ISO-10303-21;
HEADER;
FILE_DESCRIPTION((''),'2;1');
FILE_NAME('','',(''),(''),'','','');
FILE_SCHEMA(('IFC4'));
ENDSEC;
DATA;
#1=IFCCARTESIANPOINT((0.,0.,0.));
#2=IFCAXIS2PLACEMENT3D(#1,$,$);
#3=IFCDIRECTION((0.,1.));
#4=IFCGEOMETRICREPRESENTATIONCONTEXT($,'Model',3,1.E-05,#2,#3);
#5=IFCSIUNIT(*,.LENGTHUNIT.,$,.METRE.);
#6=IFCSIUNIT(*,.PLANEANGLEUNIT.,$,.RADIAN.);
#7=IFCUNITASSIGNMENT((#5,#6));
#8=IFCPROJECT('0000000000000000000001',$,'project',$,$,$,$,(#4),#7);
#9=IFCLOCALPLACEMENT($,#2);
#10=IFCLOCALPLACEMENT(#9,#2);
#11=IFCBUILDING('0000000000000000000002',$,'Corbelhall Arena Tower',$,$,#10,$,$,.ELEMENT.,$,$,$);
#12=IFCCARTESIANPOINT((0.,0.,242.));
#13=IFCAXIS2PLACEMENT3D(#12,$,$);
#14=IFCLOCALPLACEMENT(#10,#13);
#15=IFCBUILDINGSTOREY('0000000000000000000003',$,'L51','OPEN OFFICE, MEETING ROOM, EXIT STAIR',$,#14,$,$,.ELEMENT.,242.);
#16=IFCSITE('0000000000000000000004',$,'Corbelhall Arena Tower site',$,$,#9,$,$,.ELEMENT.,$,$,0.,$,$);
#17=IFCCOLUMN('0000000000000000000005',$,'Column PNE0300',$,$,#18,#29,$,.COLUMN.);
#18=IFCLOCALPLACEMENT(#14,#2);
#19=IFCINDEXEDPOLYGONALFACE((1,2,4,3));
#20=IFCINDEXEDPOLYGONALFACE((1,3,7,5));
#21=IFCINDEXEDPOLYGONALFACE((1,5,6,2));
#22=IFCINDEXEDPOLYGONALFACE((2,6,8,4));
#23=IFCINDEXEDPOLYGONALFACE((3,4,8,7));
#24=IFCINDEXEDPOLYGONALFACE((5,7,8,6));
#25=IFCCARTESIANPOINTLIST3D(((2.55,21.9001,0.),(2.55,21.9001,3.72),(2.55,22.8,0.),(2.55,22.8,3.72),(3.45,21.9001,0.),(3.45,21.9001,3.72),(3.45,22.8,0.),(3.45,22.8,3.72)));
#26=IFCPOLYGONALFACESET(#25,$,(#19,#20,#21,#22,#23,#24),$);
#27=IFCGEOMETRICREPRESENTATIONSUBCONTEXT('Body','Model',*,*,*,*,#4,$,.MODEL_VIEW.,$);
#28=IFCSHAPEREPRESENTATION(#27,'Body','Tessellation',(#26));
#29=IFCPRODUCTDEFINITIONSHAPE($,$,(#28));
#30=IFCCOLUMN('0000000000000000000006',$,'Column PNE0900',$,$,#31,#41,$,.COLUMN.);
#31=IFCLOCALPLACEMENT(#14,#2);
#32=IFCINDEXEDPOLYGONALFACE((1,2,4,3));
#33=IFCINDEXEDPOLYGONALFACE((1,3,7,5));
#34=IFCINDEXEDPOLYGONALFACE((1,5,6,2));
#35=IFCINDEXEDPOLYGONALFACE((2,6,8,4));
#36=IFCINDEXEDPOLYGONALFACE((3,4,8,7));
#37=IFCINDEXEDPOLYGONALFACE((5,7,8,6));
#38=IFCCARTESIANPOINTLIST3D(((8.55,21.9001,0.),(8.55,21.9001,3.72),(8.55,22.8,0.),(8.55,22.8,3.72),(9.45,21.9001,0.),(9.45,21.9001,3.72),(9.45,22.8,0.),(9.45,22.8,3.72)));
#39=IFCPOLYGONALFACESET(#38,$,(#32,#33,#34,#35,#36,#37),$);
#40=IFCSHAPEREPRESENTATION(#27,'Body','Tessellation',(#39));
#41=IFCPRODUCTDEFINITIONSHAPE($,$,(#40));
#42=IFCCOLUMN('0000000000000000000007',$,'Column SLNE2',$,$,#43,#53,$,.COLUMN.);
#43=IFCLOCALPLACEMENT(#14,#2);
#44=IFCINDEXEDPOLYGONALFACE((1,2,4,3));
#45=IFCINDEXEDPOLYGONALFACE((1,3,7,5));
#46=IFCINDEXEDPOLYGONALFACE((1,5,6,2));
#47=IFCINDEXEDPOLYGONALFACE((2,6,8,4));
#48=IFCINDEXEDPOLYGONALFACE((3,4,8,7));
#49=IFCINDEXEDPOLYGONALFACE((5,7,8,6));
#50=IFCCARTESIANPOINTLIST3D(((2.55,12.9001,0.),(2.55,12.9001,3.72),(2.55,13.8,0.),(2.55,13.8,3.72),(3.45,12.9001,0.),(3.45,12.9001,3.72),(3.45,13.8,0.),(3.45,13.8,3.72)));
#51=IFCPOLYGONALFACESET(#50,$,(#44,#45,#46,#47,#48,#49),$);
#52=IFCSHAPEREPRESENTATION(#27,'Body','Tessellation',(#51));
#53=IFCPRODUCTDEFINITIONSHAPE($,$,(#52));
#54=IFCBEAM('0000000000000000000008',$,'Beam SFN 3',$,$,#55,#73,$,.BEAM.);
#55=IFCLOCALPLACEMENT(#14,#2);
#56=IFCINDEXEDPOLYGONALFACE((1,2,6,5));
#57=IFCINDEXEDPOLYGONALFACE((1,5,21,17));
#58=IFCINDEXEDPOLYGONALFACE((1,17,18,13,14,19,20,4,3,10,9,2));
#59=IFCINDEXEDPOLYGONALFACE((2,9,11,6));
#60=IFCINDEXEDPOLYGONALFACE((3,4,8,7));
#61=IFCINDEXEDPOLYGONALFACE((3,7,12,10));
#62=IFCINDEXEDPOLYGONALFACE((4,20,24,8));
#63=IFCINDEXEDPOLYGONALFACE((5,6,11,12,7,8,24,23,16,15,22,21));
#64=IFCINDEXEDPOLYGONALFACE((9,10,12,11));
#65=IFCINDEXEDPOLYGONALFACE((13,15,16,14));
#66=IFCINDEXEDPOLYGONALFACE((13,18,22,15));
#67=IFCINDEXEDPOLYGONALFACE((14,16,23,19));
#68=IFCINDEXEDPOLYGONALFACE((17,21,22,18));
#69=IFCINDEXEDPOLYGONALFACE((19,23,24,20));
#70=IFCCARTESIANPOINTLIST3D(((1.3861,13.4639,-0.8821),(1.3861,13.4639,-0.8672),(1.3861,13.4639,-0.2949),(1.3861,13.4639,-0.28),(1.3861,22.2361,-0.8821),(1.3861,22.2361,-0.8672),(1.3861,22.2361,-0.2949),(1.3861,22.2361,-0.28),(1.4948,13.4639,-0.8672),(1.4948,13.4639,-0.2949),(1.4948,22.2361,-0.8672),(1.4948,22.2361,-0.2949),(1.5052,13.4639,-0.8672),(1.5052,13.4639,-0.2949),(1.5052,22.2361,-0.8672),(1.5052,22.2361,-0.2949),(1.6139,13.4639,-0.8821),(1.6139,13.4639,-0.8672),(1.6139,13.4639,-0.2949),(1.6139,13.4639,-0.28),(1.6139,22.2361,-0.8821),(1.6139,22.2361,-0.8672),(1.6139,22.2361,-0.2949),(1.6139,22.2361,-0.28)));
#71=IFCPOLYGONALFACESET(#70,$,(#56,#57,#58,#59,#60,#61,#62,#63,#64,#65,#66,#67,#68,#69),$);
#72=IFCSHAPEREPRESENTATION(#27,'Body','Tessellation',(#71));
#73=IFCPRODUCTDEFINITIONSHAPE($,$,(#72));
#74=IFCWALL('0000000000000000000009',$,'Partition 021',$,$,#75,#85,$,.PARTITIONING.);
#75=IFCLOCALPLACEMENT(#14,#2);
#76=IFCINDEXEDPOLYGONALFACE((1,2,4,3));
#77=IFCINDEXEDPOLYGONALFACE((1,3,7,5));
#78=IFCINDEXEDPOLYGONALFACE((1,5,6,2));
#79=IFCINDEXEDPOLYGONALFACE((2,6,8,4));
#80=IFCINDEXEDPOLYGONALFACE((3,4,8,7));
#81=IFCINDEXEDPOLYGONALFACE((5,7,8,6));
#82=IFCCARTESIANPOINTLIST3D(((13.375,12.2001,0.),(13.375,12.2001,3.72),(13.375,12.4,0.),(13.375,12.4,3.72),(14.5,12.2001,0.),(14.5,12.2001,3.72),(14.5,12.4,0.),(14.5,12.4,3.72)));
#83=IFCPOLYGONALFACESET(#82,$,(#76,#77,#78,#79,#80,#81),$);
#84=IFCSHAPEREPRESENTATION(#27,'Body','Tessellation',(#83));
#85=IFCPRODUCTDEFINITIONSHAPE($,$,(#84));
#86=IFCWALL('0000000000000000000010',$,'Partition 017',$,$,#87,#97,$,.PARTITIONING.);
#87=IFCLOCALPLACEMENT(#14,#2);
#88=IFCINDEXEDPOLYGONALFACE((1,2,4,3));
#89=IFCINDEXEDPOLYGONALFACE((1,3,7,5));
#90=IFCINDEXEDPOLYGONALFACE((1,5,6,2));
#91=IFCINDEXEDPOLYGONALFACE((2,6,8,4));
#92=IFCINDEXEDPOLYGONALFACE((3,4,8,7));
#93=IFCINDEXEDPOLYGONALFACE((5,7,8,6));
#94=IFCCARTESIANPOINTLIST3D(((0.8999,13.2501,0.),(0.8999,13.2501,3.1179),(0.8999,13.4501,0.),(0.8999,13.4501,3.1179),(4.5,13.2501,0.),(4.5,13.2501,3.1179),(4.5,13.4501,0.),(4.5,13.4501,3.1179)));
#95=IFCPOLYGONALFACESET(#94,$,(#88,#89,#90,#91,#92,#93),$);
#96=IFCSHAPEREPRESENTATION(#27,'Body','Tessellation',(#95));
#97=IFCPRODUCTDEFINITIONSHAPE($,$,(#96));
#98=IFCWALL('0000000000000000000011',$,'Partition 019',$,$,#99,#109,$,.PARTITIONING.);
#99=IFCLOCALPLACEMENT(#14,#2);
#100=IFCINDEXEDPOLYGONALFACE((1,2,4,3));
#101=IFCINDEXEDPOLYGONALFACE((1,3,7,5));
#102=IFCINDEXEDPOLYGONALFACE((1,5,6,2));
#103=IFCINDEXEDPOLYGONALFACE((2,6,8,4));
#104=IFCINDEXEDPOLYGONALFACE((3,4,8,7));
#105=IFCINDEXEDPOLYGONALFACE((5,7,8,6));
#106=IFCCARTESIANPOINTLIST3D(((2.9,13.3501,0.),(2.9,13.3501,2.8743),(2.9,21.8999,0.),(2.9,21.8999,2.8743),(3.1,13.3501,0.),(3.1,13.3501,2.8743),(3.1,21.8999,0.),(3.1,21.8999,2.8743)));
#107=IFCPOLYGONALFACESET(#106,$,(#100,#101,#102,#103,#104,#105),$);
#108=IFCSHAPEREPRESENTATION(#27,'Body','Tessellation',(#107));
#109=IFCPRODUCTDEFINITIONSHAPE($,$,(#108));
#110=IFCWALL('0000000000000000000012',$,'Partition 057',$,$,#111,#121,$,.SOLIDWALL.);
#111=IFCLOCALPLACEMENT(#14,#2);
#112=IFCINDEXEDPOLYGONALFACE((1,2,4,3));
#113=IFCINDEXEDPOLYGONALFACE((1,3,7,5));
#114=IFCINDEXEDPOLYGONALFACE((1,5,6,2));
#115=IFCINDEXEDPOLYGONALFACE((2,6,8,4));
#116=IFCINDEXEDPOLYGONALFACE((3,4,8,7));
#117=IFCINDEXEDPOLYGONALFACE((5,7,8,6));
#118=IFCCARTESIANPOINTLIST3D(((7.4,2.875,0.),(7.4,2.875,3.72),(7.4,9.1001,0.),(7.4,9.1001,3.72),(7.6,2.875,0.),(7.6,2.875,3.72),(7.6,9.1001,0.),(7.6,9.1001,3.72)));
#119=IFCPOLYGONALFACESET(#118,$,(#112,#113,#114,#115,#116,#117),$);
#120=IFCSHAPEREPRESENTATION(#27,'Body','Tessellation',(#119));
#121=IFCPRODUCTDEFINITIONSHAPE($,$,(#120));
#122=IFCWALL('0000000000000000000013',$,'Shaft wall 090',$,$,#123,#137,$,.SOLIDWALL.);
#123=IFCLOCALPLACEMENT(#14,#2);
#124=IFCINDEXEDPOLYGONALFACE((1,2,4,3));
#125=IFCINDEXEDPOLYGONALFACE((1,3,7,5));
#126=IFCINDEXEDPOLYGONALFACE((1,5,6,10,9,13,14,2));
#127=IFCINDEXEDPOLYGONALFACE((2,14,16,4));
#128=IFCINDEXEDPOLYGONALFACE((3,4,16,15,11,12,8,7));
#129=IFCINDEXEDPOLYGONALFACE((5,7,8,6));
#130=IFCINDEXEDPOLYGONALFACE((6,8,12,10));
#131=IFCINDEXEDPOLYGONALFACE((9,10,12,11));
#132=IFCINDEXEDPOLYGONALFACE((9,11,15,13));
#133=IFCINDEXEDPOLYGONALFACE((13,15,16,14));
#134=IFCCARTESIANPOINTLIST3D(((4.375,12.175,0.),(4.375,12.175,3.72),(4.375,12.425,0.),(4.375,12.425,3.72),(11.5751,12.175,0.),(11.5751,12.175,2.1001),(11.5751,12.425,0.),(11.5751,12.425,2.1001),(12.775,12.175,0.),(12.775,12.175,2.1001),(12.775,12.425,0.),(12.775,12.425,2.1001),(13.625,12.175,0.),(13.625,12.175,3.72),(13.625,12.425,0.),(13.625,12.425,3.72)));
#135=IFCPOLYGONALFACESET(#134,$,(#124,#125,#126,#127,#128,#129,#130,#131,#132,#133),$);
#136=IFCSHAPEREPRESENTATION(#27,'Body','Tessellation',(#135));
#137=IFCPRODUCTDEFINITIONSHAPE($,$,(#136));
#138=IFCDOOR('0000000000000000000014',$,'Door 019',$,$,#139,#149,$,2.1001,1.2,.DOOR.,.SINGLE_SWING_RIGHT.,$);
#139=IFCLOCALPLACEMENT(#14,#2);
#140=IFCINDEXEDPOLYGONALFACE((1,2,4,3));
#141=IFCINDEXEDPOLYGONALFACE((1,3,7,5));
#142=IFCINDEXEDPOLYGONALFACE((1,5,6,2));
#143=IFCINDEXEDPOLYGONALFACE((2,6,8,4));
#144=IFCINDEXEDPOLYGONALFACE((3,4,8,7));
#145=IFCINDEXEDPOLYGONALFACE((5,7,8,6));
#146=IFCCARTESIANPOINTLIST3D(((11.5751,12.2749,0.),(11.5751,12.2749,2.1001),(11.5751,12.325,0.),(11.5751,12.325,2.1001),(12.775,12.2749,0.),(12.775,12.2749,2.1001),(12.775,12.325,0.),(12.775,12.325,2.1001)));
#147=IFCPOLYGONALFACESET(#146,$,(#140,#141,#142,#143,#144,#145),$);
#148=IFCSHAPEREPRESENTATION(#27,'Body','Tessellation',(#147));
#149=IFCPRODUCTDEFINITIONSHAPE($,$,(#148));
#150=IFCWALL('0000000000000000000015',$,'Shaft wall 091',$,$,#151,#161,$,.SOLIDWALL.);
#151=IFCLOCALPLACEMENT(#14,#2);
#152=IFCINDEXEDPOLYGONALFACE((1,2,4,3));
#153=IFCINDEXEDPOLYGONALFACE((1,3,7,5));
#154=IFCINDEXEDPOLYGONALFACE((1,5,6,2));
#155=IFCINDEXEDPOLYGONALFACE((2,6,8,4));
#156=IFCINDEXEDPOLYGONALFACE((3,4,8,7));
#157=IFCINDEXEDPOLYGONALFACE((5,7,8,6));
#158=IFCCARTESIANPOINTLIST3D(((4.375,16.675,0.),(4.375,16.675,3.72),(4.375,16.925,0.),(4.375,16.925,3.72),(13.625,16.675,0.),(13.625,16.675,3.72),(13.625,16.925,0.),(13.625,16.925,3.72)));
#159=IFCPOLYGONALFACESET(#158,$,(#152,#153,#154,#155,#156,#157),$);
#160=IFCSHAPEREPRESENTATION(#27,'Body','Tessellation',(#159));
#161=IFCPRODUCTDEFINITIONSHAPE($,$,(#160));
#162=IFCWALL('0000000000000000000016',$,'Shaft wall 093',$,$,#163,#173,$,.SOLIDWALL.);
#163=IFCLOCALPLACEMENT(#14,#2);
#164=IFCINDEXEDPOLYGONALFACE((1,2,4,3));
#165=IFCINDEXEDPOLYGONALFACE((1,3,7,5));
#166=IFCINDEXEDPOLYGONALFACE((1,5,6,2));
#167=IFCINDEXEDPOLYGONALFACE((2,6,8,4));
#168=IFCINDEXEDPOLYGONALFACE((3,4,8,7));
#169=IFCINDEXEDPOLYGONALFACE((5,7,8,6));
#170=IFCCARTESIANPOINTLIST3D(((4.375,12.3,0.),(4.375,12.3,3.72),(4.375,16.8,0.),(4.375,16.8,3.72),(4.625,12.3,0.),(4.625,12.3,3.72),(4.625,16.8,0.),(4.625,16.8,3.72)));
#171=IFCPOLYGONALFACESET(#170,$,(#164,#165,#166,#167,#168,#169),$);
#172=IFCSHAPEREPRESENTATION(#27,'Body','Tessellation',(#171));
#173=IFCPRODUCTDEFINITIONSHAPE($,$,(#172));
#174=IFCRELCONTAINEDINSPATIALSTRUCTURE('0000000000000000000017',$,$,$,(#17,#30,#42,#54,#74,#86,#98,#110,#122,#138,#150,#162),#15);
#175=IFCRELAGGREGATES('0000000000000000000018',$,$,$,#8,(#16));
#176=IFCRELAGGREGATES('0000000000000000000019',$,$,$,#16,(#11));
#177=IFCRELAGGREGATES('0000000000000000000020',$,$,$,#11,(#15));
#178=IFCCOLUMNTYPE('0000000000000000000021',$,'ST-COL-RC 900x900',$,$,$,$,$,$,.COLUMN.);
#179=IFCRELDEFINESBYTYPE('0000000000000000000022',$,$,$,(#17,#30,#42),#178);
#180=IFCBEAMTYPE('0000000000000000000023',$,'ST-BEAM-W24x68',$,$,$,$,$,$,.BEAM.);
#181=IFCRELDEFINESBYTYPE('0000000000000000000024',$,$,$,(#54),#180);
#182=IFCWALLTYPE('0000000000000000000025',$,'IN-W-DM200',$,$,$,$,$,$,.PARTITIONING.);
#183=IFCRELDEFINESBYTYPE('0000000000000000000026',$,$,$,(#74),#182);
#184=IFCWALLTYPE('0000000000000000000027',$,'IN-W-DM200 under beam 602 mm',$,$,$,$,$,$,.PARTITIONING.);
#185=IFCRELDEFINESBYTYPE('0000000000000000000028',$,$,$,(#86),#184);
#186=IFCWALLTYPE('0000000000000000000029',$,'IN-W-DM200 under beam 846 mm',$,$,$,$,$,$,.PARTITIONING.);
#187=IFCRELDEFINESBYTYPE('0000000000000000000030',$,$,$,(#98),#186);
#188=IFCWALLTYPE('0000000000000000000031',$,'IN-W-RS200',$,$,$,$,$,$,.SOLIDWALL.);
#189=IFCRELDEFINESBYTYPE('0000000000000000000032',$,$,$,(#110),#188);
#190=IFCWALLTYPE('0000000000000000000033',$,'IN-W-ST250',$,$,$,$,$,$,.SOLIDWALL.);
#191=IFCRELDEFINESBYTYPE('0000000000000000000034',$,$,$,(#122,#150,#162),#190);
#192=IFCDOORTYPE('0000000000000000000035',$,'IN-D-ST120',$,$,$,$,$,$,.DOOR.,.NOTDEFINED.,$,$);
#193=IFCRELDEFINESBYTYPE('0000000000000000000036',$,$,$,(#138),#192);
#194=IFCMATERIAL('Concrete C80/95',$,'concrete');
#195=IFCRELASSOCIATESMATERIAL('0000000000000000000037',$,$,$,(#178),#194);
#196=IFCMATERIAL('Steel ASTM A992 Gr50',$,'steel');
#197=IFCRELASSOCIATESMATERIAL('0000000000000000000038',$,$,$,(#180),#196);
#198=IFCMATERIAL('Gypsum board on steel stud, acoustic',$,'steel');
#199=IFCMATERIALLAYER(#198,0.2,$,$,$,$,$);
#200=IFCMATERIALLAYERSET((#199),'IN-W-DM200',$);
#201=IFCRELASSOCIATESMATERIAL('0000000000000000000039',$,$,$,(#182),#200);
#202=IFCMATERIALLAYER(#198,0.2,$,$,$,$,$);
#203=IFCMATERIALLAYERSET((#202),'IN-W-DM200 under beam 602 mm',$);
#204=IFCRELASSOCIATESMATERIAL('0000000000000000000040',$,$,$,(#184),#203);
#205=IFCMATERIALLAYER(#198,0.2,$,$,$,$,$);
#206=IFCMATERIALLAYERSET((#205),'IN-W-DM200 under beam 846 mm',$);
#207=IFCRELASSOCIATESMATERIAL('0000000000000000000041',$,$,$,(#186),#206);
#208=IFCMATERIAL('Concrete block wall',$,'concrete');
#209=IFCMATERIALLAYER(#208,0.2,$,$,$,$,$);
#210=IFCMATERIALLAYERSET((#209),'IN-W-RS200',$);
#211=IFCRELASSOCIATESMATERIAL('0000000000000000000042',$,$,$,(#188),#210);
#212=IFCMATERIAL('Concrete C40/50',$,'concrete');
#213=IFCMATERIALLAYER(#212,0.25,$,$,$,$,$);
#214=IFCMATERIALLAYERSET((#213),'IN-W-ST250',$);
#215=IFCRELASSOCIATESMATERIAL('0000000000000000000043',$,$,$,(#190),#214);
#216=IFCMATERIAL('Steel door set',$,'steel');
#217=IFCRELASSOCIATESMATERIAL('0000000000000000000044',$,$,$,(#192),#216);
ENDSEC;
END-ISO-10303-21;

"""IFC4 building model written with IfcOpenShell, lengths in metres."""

from ifc_helpers import new_model, si_unit, direction, frame, frame_2d, origin, origin_2d, place, context, subcontext, project, spatial, rectangle, i_section, extrude, material, layer, layer_set, material_profile, profile_set, type_object, element, fill, save


model = new_model("IFC4")

# Units and contexts
model_context = context("Model", 3, precision=1e-05, world=origin(), true_north=direction((0.0, 1.0)))
body_context = subcontext(model_context, "Body", "Model", "MODEL_VIEW")
ifc_project = project(units=[si_unit("LENGTHUNIT", "METRE"), si_unit("PLANEANGLEUNIT", "RADIAN")], contexts=[model_context])

# Site, building, storey
site_placement = place(None, origin())
site = spatial("IfcSite", under=ifc_project, at=site_placement, Name="Corbelhall Arena Tower site", CompositionType="ELEMENT", RefElevation=0.0)
building_placement = place(site_placement, origin())
building = spatial("IfcBuilding", under=site, at=building_placement, Name="Corbelhall Arena Tower", CompositionType="ELEMENT")
storey_placement = place(building_placement, frame((0.0, 0.0, 242.0)))
storey = spatial("IfcBuildingStorey", under=building, at=storey_placement, Name="L51", Description="OPEN OFFICE, MEETING ROOM, EXIT STAIR", CompositionType="ELEMENT", Elevation=242.0)

# Columns
ifc_material_1 = material(Name="Concrete C80/95", Category="concrete")
ifc_material_profile_1 = material_profile(ifc_material_1, rectangle(XDim=0.8999, YDim=0.8999, at=origin_2d()))
ifc_profile_set_1 = profile_set([ifc_material_profile_1], Name="Concrete C80/95")
column_type = type_object("IfcColumnType", Name="ST-COL-RC 900x900", PredefinedType="COLUMN", material=ifc_profile_set_1)
for number, where, z_axis, x_axis, name in (
    (1, (3.0, 22.3501, 0.0), (0.0, 0.0, 1.0), (1.0, 0.0, 0.0), "Column PNE0300"),
    (2, (9.0, 22.3501, 0.0), (0.0, 0.0, 1.0), (1.0, 0.0, 0.0), "Column PNE0900"),
    (3, (3.0, 13.3501, 0.0), (0.0, 0.0, 1.0), (1.0, 0.0, 0.0), "Column SLNE2"),
):
    element("IfcColumn", number, at=place(storey_placement, frame(where, z_axis=z_axis, x_axis=x_axis)), inside=storey, type_object=column_type, Name=name, PredefinedType="COLUMN", context=body_context, shape_type="SweptSolid", body=[
        extrude(rectangle(XDim=0.8999, YDim=0.8999, at=origin_2d()), origin(), (0.0, 0.0, 1.0), 3.72),
    ])

# Beam
ifc_material_2 = material(Name="Steel ASTM A992 Gr50", Category="steel")
ifc_material_profile_2 = material_profile(ifc_material_2, i_section(OverallWidth=0.2278, OverallDepth=0.6021, WebThickness=0.0105, FlangeThickness=0.0149, at=origin_2d()))
ifc_profile_set_2 = profile_set([ifc_material_profile_2], Name="Steel ASTM A992 Gr50")
beam_type = type_object("IfcBeamType", Name="ST-BEAM-W24x68", PredefinedType="BEAM", material=ifc_profile_set_2)
beam_placement = place(storey_placement, frame((1.5, 13.4639, -0.5811), z_axis=(0.0, 1.0, 0.0), x_axis=(-1.0, 0.0, 0.0)))
element("IfcBeam", 4, at=beam_placement, inside=storey, type_object=beam_type, Name="Beam SFN 3", PredefinedType="BEAM", context=body_context, shape_type="SweptSolid", body=[
    extrude(i_section(OverallWidth=0.2278, OverallDepth=0.6021, WebThickness=0.0105, FlangeThickness=0.0149, at=origin_2d()), origin(), (0.0, 0.0, 1.0), 8.7722),
])

# Walls
ifc_material_3 = material(Name="Gypsum board on steel stud, acoustic", Category="steel")
ifc_layer_1 = layer(ifc_material_3, 0.2)
ifc_layer_set_1 = layer_set([ifc_layer_1], Name="IN-W-DM200")
wall_type_1 = type_object("IfcWallType", Name="IN-W-DM200", PredefinedType="PARTITIONING", material=ifc_layer_set_1)
wall_1_placement = place(storey_placement, frame((13.375, 12.3, 0.0), z_axis=(0.0, 0.0, 1.0), x_axis=(1.0, 0.0, 0.0)))
element("IfcWall", 5, at=wall_1_placement, inside=storey, type_object=wall_type_1, Name="Partition 021", PredefinedType="PARTITIONING", context=body_context, shape_type="SweptSolid", body=[
    extrude(rectangle(XDim=1.125, YDim=0.2, at=frame_2d((0.5625, 0.0))), origin(), (0.0, 0.0, 1.0), 3.72),
])
ifc_layer_2 = layer(ifc_material_3, 0.2)
ifc_layer_set_2 = layer_set([ifc_layer_2], Name="IN-W-DM200 under beam 602 mm")
wall_type_2 = type_object("IfcWallType", Name="IN-W-DM200 under beam 602 mm", PredefinedType="PARTITIONING", material=ifc_layer_set_2)
wall_2_placement = place(storey_placement, frame((0.8999, 13.3501, 0.0), z_axis=(0.0, 0.0, 1.0), x_axis=(1.0, 0.0, 0.0)))
element("IfcWall", 6, at=wall_2_placement, inside=storey, type_object=wall_type_2, Name="Partition 017", PredefinedType="PARTITIONING", context=body_context, shape_type="SweptSolid", body=[
    extrude(rectangle(XDim=3.6001, YDim=0.2, at=frame_2d((1.8, 0.0))), origin(), (0.0, 0.0, 1.0), 3.1179),
])
ifc_layer_3 = layer(ifc_material_3, 0.2)
ifc_layer_set_3 = layer_set([ifc_layer_3], Name="IN-W-DM200 under beam 846 mm")
wall_type_3 = type_object("IfcWallType", Name="IN-W-DM200 under beam 846 mm", PredefinedType="PARTITIONING", material=ifc_layer_set_3)
wall_3_placement = place(storey_placement, frame((3.0, 21.8999, 0.0), z_axis=(0.0, 0.0, 1.0), x_axis=(0.0, -1.0, 0.0)))
element("IfcWall", 7, at=wall_3_placement, inside=storey, type_object=wall_type_3, Name="Partition 019", PredefinedType="PARTITIONING", context=body_context, shape_type="SweptSolid", body=[
    extrude(rectangle(XDim=8.5498, YDim=0.2, at=frame_2d((4.2749, 0.0))), origin(), (0.0, 0.0, 1.0), 2.8743),
])
ifc_material_4 = material(Name="Concrete block wall", Category="concrete")
ifc_layer_4 = layer(ifc_material_4, 0.2)
ifc_layer_set_4 = layer_set([ifc_layer_4], Name="IN-W-RS200")
wall_type_4 = type_object("IfcWallType", Name="IN-W-RS200", PredefinedType="SOLIDWALL", material=ifc_layer_set_4)
wall_4_placement = place(storey_placement, frame((7.5, 9.1001, 0.0), z_axis=(0.0, 0.0, 1.0), x_axis=(0.0, -1.0, 0.0)))
element("IfcWall", 8, at=wall_4_placement, inside=storey, type_object=wall_type_4, Name="Partition 057", PredefinedType="SOLIDWALL", context=body_context, shape_type="SweptSolid", body=[
    extrude(rectangle(XDim=6.2251, YDim=0.2, at=frame_2d((3.1125, 0.0))), origin(), (0.0, 0.0, 1.0), 3.72),
])

# Wall, opening, door
ifc_material_5 = material(Name="Steel door set", Category="steel")
ifc_material_6 = material(Name="Concrete C40/50", Category="concrete")
ifc_layer_5 = layer(ifc_material_6, 0.25)
ifc_layer_set_5 = layer_set([ifc_layer_5], Name="IN-W-ST250")
wall_type_5 = type_object("IfcWallType", Name="IN-W-ST250", PredefinedType="SOLIDWALL", material=ifc_layer_set_5)
wall_5_placement = place(storey_placement, frame((4.375, 12.3, 0.0), z_axis=(0.0, 0.0, 1.0), x_axis=(1.0, 0.0, 0.0)))
wall_5 = element("IfcWall", 9, at=wall_5_placement, inside=storey, type_object=wall_type_5, Name="Shaft wall 090", PredefinedType="SOLIDWALL", context=body_context, shape_type="SweptSolid", body=[
    extrude(rectangle(XDim=9.25, YDim=0.25, at=frame_2d((4.625, 0.0))), origin(), (0.0, 0.0, 1.0), 3.72),
])
opening_1_placement = place(wall_5_placement, frame((7.2, 0.0, 0.0)))
opening_1 = element("IfcOpeningElement", 10, at=opening_1_placement, cuts=wall_5, PredefinedType="OPENING", context=body_context, shape_type="SweptSolid", body=[
    extrude(rectangle(XDim=1.2, YDim=2.1001, at=frame_2d((0.6001, 1.05))), frame((0.0, 0.125, 0.0), z_axis=(0.0, -1.0, 0.0), x_axis=(1.0, 0.0, 0.0)), (0.0, 0.0, 1.0), 0.25),
])
door_type_1 = type_object("IfcDoorType", Name="IN-D-ST120", OperationType="NOTDEFINED", PredefinedType="DOOR", material=ifc_material_5)
door_1_placement = place(opening_1_placement, origin())
door_1 = element("IfcDoor", 11, at=door_1_placement, inside=storey, type_object=door_type_1, Name="Door 019", OperationType="SINGLE_SWING_RIGHT", OverallHeight=2.1001, OverallWidth=1.2, PredefinedType="DOOR", context=body_context, shape_type="SweptSolid", body=[
    extrude(rectangle(XDim=1.2, YDim=2.1001, at=frame_2d((0.6001, 1.05))), frame((0.0, 0.0249, 0.0), z_axis=(0.0, -1.0, 0.0), x_axis=(1.0, 0.0, 0.0)), (0.0, 0.0, 1.0), 0.05),
])
fill(opening_1, door_1)

# Walls
wall_6_placement = place(storey_placement, frame((4.375, 16.8, 0.0), z_axis=(0.0, 0.0, 1.0), x_axis=(1.0, 0.0, 0.0)))
element("IfcWall", 12, at=wall_6_placement, inside=storey, type_object=wall_type_5, Name="Shaft wall 091", PredefinedType="SOLIDWALL", context=body_context, shape_type="SweptSolid", body=[
    extrude(rectangle(XDim=9.25, YDim=0.25, at=frame_2d((4.625, 0.0))), origin(), (0.0, 0.0, 1.0), 3.72),
])
wall_7_placement = place(storey_placement, frame((4.5, 12.3, 0.0), z_axis=(0.0, 0.0, 1.0), x_axis=(0.0, 1.0, 0.0)))
element("IfcWall", 13, at=wall_7_placement, inside=storey, type_object=wall_type_5, Name="Shaft wall 093", PredefinedType="SOLIDWALL", context=body_context, shape_type="SweptSolid", body=[
    extrude(rectangle(XDim=4.5, YDim=0.25, at=frame_2d((2.25, 0.0))), origin(), (0.0, 0.0, 1.0), 3.72),
])

save(model, "model.ifc")
